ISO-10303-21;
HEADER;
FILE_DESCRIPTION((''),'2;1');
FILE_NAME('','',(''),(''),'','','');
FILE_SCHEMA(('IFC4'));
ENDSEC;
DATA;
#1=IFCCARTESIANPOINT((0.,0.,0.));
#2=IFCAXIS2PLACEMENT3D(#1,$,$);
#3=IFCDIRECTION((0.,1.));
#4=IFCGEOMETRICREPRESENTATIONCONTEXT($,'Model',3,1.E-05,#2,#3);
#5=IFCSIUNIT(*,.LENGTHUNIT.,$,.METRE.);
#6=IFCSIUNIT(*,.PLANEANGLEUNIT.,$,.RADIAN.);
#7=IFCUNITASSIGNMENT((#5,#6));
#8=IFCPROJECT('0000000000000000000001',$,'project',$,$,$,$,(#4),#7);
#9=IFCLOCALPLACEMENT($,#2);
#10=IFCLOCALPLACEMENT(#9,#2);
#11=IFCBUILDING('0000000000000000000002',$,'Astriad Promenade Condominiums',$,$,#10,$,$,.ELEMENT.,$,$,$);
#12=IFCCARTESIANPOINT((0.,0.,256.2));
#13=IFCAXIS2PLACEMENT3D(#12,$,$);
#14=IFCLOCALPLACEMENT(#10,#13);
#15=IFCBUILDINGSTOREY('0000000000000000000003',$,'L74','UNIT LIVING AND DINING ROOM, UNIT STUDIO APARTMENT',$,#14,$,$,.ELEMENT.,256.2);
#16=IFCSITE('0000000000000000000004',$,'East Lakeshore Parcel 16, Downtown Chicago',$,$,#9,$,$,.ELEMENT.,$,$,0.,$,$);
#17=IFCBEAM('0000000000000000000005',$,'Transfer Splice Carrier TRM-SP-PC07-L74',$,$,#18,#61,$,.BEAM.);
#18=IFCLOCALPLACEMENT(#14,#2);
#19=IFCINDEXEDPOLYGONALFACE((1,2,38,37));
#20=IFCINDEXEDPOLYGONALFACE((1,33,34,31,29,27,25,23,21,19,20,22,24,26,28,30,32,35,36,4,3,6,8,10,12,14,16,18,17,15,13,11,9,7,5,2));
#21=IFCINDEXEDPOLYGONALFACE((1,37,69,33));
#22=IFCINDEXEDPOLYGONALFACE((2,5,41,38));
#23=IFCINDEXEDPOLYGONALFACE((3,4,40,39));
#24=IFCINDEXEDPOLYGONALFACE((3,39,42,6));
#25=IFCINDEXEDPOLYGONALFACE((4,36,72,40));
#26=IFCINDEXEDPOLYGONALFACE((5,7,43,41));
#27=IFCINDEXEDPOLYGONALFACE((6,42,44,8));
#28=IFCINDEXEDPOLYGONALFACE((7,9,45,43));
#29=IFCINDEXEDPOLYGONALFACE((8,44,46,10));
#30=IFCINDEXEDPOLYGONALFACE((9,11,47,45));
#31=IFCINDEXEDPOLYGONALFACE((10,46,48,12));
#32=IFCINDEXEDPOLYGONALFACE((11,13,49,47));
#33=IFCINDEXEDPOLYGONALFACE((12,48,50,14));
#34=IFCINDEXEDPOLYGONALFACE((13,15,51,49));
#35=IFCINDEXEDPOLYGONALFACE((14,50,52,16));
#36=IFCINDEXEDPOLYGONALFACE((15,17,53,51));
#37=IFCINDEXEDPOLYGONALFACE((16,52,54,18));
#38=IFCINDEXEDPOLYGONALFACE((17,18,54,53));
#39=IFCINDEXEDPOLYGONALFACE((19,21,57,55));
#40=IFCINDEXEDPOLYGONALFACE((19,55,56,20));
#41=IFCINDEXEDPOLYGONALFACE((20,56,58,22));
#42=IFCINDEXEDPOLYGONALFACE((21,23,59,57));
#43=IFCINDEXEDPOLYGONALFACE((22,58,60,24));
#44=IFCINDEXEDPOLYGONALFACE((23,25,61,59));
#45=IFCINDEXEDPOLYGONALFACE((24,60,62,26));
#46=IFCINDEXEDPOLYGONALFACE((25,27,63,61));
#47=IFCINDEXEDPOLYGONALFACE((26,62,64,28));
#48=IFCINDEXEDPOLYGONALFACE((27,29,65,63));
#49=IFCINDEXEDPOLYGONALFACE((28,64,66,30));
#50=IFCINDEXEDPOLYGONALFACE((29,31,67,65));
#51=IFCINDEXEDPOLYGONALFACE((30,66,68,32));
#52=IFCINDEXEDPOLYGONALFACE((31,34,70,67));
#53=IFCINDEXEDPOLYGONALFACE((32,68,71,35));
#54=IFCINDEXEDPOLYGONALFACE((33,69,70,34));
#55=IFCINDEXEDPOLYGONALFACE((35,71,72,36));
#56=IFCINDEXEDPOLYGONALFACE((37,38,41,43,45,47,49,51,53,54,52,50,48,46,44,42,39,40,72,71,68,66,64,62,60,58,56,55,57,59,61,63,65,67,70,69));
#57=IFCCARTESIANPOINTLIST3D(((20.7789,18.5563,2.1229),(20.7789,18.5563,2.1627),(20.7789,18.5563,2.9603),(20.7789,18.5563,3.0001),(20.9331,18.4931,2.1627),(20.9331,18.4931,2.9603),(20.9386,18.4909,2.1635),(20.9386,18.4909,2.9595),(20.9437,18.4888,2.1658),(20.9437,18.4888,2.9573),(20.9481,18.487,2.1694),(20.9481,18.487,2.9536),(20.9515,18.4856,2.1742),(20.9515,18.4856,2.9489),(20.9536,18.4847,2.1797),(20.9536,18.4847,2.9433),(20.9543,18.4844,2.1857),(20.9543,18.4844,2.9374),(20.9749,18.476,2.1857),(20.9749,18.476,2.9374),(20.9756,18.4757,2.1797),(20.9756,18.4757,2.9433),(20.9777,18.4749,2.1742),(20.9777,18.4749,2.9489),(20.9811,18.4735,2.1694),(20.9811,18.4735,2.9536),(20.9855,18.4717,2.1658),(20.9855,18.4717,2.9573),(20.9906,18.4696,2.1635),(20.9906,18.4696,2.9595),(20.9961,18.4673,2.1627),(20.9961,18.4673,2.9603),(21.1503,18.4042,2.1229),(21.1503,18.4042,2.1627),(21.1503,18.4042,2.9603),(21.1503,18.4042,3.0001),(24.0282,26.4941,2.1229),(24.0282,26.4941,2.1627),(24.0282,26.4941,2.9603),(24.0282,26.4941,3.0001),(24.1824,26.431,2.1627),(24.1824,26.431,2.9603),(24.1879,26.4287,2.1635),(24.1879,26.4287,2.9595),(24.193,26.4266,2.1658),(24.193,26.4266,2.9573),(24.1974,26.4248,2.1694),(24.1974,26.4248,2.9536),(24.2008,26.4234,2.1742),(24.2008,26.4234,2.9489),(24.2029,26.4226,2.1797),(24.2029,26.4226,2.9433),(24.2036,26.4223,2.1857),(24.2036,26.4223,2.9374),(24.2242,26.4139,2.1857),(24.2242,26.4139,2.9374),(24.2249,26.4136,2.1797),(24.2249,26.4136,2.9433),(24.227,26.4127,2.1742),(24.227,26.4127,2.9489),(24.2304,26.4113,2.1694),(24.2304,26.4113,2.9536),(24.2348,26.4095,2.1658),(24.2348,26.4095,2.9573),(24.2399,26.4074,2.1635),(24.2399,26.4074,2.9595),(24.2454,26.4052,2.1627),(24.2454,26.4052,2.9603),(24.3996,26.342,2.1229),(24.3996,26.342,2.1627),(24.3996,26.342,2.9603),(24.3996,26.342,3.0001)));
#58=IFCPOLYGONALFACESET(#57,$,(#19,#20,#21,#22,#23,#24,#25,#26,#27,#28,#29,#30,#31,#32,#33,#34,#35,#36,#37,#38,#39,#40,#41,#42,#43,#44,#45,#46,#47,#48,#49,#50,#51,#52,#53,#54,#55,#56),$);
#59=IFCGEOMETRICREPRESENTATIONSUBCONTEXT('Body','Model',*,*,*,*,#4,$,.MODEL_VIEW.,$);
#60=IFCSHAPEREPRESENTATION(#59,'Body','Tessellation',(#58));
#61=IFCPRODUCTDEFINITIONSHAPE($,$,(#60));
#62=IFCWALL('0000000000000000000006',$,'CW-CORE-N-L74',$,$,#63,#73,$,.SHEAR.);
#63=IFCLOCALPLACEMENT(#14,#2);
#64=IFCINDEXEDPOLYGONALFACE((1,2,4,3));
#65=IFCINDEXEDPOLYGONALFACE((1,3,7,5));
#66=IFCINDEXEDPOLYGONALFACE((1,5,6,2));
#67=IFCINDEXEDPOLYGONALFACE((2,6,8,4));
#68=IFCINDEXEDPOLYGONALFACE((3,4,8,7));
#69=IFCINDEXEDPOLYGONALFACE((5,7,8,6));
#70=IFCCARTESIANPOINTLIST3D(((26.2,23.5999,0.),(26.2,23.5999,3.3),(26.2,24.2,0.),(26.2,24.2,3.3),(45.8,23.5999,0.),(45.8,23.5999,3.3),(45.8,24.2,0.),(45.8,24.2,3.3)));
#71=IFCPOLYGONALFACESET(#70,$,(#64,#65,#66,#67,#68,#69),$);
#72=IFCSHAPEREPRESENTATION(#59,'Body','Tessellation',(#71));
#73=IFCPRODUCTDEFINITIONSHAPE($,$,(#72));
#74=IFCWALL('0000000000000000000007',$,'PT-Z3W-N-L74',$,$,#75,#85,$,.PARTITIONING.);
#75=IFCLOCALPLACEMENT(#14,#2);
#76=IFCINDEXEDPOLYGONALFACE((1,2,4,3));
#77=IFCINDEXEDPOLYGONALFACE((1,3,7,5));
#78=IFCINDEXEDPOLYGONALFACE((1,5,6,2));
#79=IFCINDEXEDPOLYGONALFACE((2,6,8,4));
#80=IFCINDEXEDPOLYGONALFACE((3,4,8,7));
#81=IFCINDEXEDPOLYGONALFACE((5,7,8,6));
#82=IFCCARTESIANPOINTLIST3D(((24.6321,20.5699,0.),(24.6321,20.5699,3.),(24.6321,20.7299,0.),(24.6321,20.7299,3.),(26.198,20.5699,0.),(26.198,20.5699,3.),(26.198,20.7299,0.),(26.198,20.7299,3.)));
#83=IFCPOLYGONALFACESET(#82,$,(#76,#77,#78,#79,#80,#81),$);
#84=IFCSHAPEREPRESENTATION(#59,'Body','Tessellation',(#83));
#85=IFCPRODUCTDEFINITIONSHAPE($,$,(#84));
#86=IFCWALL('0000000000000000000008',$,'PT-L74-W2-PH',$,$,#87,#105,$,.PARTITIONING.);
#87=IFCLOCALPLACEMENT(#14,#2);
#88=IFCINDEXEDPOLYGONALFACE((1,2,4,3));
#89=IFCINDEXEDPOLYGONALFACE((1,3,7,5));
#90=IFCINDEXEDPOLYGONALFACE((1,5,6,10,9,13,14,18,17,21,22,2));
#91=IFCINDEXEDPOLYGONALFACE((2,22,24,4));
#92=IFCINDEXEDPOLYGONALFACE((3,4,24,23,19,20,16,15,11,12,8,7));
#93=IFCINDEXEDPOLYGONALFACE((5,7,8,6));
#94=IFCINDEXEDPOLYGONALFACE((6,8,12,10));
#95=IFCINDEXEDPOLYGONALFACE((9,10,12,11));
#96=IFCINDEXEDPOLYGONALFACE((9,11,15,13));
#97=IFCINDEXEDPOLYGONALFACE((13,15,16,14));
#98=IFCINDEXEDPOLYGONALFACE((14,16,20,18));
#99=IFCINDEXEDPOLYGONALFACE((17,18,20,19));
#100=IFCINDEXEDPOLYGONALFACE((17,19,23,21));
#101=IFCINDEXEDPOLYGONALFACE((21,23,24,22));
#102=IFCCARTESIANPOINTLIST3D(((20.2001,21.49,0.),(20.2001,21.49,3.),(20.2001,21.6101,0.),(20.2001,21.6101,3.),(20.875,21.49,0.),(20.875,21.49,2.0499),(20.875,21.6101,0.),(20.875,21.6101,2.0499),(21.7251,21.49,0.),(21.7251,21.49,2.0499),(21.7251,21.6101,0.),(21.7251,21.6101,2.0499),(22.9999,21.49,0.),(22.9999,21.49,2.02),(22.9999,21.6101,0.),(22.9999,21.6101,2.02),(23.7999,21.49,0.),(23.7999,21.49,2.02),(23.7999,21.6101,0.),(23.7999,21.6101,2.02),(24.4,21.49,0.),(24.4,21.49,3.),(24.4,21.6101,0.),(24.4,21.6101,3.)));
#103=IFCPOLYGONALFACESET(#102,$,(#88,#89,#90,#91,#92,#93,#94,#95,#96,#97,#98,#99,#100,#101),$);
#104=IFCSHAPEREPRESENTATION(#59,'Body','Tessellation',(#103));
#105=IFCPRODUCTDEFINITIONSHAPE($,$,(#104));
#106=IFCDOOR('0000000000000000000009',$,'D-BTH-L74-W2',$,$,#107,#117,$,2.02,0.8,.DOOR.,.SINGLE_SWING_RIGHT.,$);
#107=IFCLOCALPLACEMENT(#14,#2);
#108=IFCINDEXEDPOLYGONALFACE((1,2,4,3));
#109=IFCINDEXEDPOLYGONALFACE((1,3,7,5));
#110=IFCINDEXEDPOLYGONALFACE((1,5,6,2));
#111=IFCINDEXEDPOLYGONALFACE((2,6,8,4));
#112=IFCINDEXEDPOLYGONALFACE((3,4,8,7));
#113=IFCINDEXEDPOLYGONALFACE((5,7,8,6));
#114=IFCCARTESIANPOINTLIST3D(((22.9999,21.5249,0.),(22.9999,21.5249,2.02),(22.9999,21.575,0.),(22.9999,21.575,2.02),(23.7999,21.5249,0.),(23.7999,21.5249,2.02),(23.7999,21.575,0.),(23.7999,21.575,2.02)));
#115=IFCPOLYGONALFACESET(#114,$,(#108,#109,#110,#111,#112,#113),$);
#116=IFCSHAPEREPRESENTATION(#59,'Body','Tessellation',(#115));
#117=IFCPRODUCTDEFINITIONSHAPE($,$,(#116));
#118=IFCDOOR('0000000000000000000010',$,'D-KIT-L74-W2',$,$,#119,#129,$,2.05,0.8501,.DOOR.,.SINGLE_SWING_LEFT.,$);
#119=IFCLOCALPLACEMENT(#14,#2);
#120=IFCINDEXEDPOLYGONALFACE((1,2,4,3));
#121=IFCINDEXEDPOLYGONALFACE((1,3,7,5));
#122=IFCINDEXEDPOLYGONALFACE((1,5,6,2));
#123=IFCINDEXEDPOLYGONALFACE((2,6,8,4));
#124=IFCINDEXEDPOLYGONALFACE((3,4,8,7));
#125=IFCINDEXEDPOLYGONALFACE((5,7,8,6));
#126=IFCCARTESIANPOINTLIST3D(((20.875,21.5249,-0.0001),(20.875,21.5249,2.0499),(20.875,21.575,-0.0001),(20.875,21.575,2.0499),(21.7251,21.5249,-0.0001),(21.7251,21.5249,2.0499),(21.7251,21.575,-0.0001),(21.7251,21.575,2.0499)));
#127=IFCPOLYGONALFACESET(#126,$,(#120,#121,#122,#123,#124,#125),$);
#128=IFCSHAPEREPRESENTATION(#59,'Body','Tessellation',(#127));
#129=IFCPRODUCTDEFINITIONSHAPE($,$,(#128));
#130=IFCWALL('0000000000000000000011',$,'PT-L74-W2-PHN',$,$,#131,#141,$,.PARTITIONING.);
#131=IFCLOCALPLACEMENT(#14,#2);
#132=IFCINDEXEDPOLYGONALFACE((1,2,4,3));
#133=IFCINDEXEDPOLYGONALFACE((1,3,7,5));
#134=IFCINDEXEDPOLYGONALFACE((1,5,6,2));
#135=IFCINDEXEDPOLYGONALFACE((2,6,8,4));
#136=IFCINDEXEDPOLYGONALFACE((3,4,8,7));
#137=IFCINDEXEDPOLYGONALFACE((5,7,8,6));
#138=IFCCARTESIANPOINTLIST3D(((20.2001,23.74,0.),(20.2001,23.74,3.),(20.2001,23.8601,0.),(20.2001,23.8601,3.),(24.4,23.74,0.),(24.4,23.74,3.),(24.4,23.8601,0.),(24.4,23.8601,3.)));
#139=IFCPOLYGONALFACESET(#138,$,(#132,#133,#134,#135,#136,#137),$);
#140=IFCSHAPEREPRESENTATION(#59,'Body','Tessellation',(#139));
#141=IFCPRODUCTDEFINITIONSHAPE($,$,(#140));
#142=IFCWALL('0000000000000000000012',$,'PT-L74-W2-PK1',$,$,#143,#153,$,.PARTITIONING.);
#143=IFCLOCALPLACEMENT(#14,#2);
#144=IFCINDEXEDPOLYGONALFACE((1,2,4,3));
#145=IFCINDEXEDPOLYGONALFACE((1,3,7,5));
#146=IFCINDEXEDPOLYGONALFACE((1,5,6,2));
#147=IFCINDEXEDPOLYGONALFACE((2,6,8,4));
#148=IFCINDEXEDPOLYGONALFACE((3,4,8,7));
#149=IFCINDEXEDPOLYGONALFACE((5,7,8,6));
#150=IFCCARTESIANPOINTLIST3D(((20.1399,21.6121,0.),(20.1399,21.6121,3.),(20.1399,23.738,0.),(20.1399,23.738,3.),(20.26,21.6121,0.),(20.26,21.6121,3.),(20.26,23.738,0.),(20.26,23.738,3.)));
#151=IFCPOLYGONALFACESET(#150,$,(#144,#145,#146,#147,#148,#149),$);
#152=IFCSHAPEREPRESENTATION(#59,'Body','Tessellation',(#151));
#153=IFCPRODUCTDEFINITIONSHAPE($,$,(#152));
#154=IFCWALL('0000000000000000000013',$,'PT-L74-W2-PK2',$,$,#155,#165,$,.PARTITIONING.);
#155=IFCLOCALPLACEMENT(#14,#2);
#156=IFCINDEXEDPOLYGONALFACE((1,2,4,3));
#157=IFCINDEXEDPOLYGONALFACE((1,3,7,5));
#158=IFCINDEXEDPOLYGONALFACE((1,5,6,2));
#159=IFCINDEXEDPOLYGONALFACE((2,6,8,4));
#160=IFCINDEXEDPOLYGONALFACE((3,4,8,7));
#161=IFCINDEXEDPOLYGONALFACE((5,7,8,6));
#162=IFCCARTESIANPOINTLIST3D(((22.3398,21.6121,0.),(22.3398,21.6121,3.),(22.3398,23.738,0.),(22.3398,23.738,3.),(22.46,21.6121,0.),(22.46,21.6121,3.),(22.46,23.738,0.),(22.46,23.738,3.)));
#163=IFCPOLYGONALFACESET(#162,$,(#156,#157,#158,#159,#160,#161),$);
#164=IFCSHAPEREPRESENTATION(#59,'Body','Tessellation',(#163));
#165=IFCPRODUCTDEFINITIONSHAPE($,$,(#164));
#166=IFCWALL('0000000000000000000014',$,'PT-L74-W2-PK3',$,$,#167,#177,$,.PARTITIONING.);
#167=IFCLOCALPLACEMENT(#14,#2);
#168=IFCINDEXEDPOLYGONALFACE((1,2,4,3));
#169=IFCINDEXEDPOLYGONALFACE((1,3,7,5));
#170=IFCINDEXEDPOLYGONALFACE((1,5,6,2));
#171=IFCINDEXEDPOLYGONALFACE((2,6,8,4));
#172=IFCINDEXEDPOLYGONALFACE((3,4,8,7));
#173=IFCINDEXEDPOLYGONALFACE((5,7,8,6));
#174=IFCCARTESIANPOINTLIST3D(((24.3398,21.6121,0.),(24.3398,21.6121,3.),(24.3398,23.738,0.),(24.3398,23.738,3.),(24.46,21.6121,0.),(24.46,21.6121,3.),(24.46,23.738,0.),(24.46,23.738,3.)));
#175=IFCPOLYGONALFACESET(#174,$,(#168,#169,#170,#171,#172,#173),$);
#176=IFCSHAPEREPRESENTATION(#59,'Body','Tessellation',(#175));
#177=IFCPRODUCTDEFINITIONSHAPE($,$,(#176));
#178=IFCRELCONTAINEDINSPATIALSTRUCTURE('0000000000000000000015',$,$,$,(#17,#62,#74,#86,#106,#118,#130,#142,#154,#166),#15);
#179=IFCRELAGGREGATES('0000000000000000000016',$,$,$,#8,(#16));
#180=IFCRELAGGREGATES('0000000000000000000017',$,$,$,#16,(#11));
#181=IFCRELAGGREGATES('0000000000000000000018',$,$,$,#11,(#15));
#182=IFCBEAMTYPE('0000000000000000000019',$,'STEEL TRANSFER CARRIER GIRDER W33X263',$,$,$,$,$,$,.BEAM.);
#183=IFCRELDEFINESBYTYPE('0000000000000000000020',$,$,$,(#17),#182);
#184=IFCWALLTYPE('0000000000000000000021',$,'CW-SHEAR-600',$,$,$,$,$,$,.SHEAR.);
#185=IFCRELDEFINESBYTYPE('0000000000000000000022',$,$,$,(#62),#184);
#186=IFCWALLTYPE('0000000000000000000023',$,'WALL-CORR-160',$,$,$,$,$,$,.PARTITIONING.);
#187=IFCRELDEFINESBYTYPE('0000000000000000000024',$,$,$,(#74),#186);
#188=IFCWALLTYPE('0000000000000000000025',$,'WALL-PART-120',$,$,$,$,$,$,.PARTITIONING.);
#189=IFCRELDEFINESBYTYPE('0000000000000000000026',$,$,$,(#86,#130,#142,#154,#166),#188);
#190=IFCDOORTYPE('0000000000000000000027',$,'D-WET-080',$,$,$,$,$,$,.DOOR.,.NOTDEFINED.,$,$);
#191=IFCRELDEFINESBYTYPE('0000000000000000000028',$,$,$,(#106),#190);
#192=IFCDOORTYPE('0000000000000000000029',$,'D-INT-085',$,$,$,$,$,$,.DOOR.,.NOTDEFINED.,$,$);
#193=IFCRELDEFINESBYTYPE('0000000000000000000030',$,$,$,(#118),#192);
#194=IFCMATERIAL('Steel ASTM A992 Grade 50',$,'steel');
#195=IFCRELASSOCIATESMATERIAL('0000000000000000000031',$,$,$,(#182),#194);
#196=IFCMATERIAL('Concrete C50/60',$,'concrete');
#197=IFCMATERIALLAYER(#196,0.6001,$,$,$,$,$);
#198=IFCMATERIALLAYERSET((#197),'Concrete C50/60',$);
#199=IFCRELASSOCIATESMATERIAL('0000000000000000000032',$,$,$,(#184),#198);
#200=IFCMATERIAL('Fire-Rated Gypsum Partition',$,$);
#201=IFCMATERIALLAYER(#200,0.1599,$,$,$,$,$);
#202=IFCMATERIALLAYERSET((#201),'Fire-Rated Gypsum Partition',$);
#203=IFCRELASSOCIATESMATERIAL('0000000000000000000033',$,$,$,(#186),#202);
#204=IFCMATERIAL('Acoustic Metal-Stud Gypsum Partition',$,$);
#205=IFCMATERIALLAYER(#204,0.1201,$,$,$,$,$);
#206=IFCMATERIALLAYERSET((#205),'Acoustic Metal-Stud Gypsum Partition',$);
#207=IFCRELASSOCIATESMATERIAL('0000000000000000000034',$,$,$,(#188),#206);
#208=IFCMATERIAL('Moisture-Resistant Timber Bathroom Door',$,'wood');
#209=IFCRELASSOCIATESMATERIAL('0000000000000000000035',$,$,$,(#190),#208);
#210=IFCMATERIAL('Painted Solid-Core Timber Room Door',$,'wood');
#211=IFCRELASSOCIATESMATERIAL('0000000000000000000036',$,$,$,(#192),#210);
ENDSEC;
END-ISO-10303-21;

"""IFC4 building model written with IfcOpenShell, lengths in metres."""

from ifc_helpers import new_model, si_unit, direction, frame, frame_2d, origin, origin_2d, place, context, subcontext, project, spatial, rectangle, i_section, extrude, source, transform, mapped, material, layer, layer_set, material_profile, profile_set, type_object, type_shapes, element, fill, save


model = new_model("IFC4")

# Units and contexts
model_context = context("Model", 3, precision=1e-05, world=origin(), true_north=direction((0.0, 1.0)))
body_context = subcontext(model_context, "Body", "Model", "MODEL_VIEW")
ifc_project = project(units=[si_unit("LENGTHUNIT", "METRE"), si_unit("PLANEANGLEUNIT", "RADIAN")], contexts=[model_context])

# Site, building, storey
site_placement = place(None, origin())
site = spatial("IfcSite", under=ifc_project, at=site_placement, Name="East Lakeshore Parcel 16, Downtown Chicago", CompositionType="ELEMENT", RefElevation=0.0)
building_placement = place(site_placement, origin())
building = spatial("IfcBuilding", under=site, at=building_placement, Name="Astriad Promenade Condominiums", CompositionType="ELEMENT")
storey_placement = place(building_placement, frame((0.0, 0.0, 256.2)))
storey = spatial("IfcBuildingStorey", under=building, at=storey_placement, Name="L74", Description="UNIT LIVING AND DINING ROOM, UNIT STUDIO APARTMENT", CompositionType="ELEMENT", Elevation=256.2)

# Shared definitions
ifc_material_1 = material(Name="Steel ASTM A992 Grade 50", Category="steel")
ifc_material_2 = material(Name="Concrete C50/60", Category="concrete")

# Beam
ifc_material_profile_1 = material_profile(ifc_material_1, i_section(OverallWidth=0.4014, OverallDepth=0.8772, WebThickness=0.0222, FlangeThickness=0.0398, FilletRadius=0.0229, at=origin_2d()), Name="W33X263")
ifc_profile_set_1 = profile_set([ifc_material_profile_1], Name="Steel ASTM A992 Grade 50")
beam_type_1 = type_object("IfcBeamType", Name="STEEL TRANSFER CARRIER GIRDER W33X263", PredefinedType="BEAM", material=ifc_profile_set_1)
shared_shape_1 = source(origin(), body_context, "Body", "SweptSolid", [
    extrude(i_section(OverallWidth=0.4014, OverallDepth=0.8772, WebThickness=0.0222, FlangeThickness=0.0398, FilletRadius=0.0229, at=origin_2d()), origin(), (0.0, 0.0, 1.0), 8.5771),
])
type_shapes(beam_type_1, [shared_shape_1])
beam_1_placement = place(storey_placement, frame((20.9646, 18.4802, 2.5615), z_axis=(0.378833, 0.925465, 0.0), x_axis=(-0.925465, 0.378833, 0.0)))
element("IfcBeam", 1, at=beam_1_placement, inside=storey, type_object=beam_type_1, Name="Transfer Splice Carrier TRM-SP-PC07-L74", PredefinedType="BEAM", context=body_context, shape_type="MappedRepresentation", body=[
    mapped(shared_shape_1, transform((0.0, 0.0, 0.0), scale=1.0)),
])

# Walls
ifc_layer_1 = layer(ifc_material_2, 0.6001)
ifc_layer_set_1 = layer_set([ifc_layer_1], Name="Concrete C50/60")
wall_type_1 = type_object("IfcWallType", Name="CW-SHEAR-600", PredefinedType="SHEAR", material=ifc_layer_set_1)
wall_1_placement = place(storey_placement, frame((26.2, 23.8999, 0.0), z_axis=(0.0, 0.0, 1.0), x_axis=(1.0, 0.0, 0.0)))
element("IfcWall", 2, at=wall_1_placement, inside=storey, type_object=wall_type_1, Name="CW-CORE-N-L74", PredefinedType="SHEAR", context=body_context, shape_type="SweptSolid", body=[
    extrude(rectangle(XDim=19.6001, YDim=0.6001, at=frame_2d((9.8, 0.0))), origin(), (0.0, 0.0, 1.0), 3.3),
])
ifc_material_3 = material(Name="Fire-Rated Gypsum Partition")
ifc_layer_2 = layer(ifc_material_3, 0.1599)
ifc_layer_set_2 = layer_set([ifc_layer_2], Name="Fire-Rated Gypsum Partition")
wall_type_2 = type_object("IfcWallType", Name="WALL-CORR-160", PredefinedType="PARTITIONING", material=ifc_layer_set_2)
wall_2_placement = place(storey_placement, frame((24.6321, 20.6499, 0.0), z_axis=(0.0, 0.0, 1.0), x_axis=(1.0, 0.0, 0.0)))
element("IfcWall", 3, at=wall_2_placement, inside=storey, type_object=wall_type_2, Name="PT-Z3W-N-L74", PredefinedType="PARTITIONING", context=body_context, shape_type="SweptSolid", body=[
    extrude(rectangle(XDim=1.5659, YDim=0.1599, at=frame_2d((0.783, 0.0))), origin(), (0.0, 0.0, 1.0), 3.0),
])

# Wall, openings, doors
ifc_material_4 = material(Name="Acoustic Metal-Stud Gypsum Partition")
ifc_layer_3 = layer(ifc_material_4, 0.1201)
ifc_layer_set_3 = layer_set([ifc_layer_3], Name="Acoustic Metal-Stud Gypsum Partition")
wall_type_3 = type_object("IfcWallType", Name="WALL-PART-120", PredefinedType="PARTITIONING", material=ifc_layer_set_3)
wall_3_placement = place(storey_placement, frame((20.2, 21.55, 0.0), z_axis=(0.0, 0.0, 1.0), x_axis=(1.0, 0.0, 0.0)))
wall_3 = element("IfcWall", 4, at=wall_3_placement, inside=storey, type_object=wall_type_3, Name="PT-L74-W2-PH", PredefinedType="PARTITIONING", context=body_context, shape_type="SweptSolid", body=[
    extrude(rectangle(XDim=4.2, YDim=0.1201, at=frame_2d((2.1001, 0.0))), origin(), (0.0, 0.0, 1.0), 3.0),
])
opening_1_placement = place(wall_3_placement, frame((0.675, 0.0, 0.0)))
opening_1 = element("IfcOpeningElement", 5, at=opening_1_placement, cuts=wall_3, PredefinedType="OPENING", context=body_context, shape_type="SweptSolid", body=[
    extrude(rectangle(XDim=0.8501, YDim=2.05, at=frame_2d((0.425, 1.0249))), frame((0.0, 0.0701, 0.0), z_axis=(0.0, -1.0, 0.0), x_axis=(1.0, 0.0, 0.0)), (0.0, 0.0, 1.0), 0.1401),
])
opening_2_placement = place(wall_3_placement, frame((2.8, 0.0, 0.0)))
opening_2 = element("IfcOpeningElement", 6, at=opening_2_placement, cuts=wall_3, PredefinedType="OPENING", context=body_context, shape_type="SweptSolid", body=[
    extrude(rectangle(XDim=0.8, YDim=2.02, at=frame_2d((0.3999, 1.01))), frame((0.0, 0.0701, 0.0), z_axis=(0.0, -1.0, 0.0), x_axis=(1.0, 0.0, 0.0)), (0.0, 0.0, 1.0), 0.1401),
])
ifc_material_5 = material(Name="Moisture-Resistant Timber Bathroom Door", Category="wood")
door_type_1 = type_object("IfcDoorType", Name="D-WET-080", OperationType="NOTDEFINED", PredefinedType="DOOR", material=ifc_material_5)
shared_shape_2 = source(origin(), body_context, "Body", "SweptSolid", [
    extrude(rectangle(XDim=0.8, YDim=2.02, at=frame_2d((0.3999, 1.01))), frame((0.0, 0.0249, 0.0), z_axis=(0.0, -1.0, 0.0), x_axis=(1.0, 0.0, 0.0)), (0.0, 0.0, 1.0), 0.05),
])
type_shapes(door_type_1, [shared_shape_2])
door_1_placement = place(opening_2_placement, origin())
door_1 = element("IfcDoor", 7, at=door_1_placement, inside=storey, type_object=door_type_1, Name="D-BTH-L74-W2", OperationType="SINGLE_SWING_RIGHT", OverallHeight=2.02, OverallWidth=0.8, PredefinedType="DOOR", context=body_context, shape_type="MappedRepresentation", body=[
    mapped(shared_shape_2, transform((0.0, 0.0, 0.0), scale=1.0)),
])
fill(opening_2, door_1)
ifc_material_6 = material(Name="Painted Solid-Core Timber Room Door", Category="wood")
door_type_2 = type_object("IfcDoorType", Name="D-INT-085", OperationType="NOTDEFINED", PredefinedType="DOOR", material=ifc_material_6)
shared_shape_3 = source(origin(), body_context, "Body", "SweptSolid", [
    extrude(rectangle(XDim=0.8501, YDim=2.05, at=frame_2d((0.425, 1.0249))), frame((0.0, 0.0249, 0.0), z_axis=(0.0, -1.0, 0.0), x_axis=(1.0, 0.0, 0.0)), (0.0, 0.0, 1.0), 0.05),
])
type_shapes(door_type_2, [shared_shape_3])
door_2_placement = place(opening_1_placement, origin())
door_2 = element("IfcDoor", 8, at=door_2_placement, inside=storey, type_object=door_type_2, Name="D-KIT-L74-W2", OperationType="SINGLE_SWING_LEFT", OverallHeight=2.05, OverallWidth=0.8501, PredefinedType="DOOR", context=body_context, shape_type="MappedRepresentation", body=[
    mapped(shared_shape_3, transform((0.0, 0.0, 0.0), scale=1.0)),
])
fill(opening_1, door_2)

# Walls
wall_4_placement = place(storey_placement, frame((20.2, 23.8, 0.0), z_axis=(0.0, 0.0, 1.0), x_axis=(1.0, 0.0, 0.0)))
element("IfcWall", 9, at=wall_4_placement, inside=storey, type_object=wall_type_3, Name="PT-L74-W2-PHN", PredefinedType="PARTITIONING", context=body_context, shape_type="SweptSolid", body=[
    extrude(rectangle(XDim=4.2, YDim=0.1201, at=frame_2d((2.1001, 0.0))), origin(), (0.0, 0.0, 1.0), 3.0),
])
for number, where, z_axis, x_axis, name in (
    (10, (20.2, 21.6121, 0.0), (0.0, 0.0, 1.0), (0.0, 1.0, 0.0), "PT-L74-W2-PK1"),
    (11, (22.3999, 21.6121, 0.0), (0.0, 0.0, 1.0), (0.0, 1.0, 0.0), "PT-L74-W2-PK2"),
    (12, (24.3999, 21.6121, 0.0), (0.0, 0.0, 1.0), (0.0, 1.0, 0.0), "PT-L74-W2-PK3"),
):
    element("IfcWall", number, at=place(storey_placement, frame(where, z_axis=z_axis, x_axis=x_axis)), inside=storey, type_object=wall_type_3, Name=name, PredefinedType="PARTITIONING", context=body_context, shape_type="SweptSolid", body=[
        extrude(rectangle(XDim=2.126, YDim=0.1201, at=frame_2d((1.063, 0.0))), origin(), (0.0, 0.0, 1.0), 3.0),
    ])

save(model, "model.ifc")
